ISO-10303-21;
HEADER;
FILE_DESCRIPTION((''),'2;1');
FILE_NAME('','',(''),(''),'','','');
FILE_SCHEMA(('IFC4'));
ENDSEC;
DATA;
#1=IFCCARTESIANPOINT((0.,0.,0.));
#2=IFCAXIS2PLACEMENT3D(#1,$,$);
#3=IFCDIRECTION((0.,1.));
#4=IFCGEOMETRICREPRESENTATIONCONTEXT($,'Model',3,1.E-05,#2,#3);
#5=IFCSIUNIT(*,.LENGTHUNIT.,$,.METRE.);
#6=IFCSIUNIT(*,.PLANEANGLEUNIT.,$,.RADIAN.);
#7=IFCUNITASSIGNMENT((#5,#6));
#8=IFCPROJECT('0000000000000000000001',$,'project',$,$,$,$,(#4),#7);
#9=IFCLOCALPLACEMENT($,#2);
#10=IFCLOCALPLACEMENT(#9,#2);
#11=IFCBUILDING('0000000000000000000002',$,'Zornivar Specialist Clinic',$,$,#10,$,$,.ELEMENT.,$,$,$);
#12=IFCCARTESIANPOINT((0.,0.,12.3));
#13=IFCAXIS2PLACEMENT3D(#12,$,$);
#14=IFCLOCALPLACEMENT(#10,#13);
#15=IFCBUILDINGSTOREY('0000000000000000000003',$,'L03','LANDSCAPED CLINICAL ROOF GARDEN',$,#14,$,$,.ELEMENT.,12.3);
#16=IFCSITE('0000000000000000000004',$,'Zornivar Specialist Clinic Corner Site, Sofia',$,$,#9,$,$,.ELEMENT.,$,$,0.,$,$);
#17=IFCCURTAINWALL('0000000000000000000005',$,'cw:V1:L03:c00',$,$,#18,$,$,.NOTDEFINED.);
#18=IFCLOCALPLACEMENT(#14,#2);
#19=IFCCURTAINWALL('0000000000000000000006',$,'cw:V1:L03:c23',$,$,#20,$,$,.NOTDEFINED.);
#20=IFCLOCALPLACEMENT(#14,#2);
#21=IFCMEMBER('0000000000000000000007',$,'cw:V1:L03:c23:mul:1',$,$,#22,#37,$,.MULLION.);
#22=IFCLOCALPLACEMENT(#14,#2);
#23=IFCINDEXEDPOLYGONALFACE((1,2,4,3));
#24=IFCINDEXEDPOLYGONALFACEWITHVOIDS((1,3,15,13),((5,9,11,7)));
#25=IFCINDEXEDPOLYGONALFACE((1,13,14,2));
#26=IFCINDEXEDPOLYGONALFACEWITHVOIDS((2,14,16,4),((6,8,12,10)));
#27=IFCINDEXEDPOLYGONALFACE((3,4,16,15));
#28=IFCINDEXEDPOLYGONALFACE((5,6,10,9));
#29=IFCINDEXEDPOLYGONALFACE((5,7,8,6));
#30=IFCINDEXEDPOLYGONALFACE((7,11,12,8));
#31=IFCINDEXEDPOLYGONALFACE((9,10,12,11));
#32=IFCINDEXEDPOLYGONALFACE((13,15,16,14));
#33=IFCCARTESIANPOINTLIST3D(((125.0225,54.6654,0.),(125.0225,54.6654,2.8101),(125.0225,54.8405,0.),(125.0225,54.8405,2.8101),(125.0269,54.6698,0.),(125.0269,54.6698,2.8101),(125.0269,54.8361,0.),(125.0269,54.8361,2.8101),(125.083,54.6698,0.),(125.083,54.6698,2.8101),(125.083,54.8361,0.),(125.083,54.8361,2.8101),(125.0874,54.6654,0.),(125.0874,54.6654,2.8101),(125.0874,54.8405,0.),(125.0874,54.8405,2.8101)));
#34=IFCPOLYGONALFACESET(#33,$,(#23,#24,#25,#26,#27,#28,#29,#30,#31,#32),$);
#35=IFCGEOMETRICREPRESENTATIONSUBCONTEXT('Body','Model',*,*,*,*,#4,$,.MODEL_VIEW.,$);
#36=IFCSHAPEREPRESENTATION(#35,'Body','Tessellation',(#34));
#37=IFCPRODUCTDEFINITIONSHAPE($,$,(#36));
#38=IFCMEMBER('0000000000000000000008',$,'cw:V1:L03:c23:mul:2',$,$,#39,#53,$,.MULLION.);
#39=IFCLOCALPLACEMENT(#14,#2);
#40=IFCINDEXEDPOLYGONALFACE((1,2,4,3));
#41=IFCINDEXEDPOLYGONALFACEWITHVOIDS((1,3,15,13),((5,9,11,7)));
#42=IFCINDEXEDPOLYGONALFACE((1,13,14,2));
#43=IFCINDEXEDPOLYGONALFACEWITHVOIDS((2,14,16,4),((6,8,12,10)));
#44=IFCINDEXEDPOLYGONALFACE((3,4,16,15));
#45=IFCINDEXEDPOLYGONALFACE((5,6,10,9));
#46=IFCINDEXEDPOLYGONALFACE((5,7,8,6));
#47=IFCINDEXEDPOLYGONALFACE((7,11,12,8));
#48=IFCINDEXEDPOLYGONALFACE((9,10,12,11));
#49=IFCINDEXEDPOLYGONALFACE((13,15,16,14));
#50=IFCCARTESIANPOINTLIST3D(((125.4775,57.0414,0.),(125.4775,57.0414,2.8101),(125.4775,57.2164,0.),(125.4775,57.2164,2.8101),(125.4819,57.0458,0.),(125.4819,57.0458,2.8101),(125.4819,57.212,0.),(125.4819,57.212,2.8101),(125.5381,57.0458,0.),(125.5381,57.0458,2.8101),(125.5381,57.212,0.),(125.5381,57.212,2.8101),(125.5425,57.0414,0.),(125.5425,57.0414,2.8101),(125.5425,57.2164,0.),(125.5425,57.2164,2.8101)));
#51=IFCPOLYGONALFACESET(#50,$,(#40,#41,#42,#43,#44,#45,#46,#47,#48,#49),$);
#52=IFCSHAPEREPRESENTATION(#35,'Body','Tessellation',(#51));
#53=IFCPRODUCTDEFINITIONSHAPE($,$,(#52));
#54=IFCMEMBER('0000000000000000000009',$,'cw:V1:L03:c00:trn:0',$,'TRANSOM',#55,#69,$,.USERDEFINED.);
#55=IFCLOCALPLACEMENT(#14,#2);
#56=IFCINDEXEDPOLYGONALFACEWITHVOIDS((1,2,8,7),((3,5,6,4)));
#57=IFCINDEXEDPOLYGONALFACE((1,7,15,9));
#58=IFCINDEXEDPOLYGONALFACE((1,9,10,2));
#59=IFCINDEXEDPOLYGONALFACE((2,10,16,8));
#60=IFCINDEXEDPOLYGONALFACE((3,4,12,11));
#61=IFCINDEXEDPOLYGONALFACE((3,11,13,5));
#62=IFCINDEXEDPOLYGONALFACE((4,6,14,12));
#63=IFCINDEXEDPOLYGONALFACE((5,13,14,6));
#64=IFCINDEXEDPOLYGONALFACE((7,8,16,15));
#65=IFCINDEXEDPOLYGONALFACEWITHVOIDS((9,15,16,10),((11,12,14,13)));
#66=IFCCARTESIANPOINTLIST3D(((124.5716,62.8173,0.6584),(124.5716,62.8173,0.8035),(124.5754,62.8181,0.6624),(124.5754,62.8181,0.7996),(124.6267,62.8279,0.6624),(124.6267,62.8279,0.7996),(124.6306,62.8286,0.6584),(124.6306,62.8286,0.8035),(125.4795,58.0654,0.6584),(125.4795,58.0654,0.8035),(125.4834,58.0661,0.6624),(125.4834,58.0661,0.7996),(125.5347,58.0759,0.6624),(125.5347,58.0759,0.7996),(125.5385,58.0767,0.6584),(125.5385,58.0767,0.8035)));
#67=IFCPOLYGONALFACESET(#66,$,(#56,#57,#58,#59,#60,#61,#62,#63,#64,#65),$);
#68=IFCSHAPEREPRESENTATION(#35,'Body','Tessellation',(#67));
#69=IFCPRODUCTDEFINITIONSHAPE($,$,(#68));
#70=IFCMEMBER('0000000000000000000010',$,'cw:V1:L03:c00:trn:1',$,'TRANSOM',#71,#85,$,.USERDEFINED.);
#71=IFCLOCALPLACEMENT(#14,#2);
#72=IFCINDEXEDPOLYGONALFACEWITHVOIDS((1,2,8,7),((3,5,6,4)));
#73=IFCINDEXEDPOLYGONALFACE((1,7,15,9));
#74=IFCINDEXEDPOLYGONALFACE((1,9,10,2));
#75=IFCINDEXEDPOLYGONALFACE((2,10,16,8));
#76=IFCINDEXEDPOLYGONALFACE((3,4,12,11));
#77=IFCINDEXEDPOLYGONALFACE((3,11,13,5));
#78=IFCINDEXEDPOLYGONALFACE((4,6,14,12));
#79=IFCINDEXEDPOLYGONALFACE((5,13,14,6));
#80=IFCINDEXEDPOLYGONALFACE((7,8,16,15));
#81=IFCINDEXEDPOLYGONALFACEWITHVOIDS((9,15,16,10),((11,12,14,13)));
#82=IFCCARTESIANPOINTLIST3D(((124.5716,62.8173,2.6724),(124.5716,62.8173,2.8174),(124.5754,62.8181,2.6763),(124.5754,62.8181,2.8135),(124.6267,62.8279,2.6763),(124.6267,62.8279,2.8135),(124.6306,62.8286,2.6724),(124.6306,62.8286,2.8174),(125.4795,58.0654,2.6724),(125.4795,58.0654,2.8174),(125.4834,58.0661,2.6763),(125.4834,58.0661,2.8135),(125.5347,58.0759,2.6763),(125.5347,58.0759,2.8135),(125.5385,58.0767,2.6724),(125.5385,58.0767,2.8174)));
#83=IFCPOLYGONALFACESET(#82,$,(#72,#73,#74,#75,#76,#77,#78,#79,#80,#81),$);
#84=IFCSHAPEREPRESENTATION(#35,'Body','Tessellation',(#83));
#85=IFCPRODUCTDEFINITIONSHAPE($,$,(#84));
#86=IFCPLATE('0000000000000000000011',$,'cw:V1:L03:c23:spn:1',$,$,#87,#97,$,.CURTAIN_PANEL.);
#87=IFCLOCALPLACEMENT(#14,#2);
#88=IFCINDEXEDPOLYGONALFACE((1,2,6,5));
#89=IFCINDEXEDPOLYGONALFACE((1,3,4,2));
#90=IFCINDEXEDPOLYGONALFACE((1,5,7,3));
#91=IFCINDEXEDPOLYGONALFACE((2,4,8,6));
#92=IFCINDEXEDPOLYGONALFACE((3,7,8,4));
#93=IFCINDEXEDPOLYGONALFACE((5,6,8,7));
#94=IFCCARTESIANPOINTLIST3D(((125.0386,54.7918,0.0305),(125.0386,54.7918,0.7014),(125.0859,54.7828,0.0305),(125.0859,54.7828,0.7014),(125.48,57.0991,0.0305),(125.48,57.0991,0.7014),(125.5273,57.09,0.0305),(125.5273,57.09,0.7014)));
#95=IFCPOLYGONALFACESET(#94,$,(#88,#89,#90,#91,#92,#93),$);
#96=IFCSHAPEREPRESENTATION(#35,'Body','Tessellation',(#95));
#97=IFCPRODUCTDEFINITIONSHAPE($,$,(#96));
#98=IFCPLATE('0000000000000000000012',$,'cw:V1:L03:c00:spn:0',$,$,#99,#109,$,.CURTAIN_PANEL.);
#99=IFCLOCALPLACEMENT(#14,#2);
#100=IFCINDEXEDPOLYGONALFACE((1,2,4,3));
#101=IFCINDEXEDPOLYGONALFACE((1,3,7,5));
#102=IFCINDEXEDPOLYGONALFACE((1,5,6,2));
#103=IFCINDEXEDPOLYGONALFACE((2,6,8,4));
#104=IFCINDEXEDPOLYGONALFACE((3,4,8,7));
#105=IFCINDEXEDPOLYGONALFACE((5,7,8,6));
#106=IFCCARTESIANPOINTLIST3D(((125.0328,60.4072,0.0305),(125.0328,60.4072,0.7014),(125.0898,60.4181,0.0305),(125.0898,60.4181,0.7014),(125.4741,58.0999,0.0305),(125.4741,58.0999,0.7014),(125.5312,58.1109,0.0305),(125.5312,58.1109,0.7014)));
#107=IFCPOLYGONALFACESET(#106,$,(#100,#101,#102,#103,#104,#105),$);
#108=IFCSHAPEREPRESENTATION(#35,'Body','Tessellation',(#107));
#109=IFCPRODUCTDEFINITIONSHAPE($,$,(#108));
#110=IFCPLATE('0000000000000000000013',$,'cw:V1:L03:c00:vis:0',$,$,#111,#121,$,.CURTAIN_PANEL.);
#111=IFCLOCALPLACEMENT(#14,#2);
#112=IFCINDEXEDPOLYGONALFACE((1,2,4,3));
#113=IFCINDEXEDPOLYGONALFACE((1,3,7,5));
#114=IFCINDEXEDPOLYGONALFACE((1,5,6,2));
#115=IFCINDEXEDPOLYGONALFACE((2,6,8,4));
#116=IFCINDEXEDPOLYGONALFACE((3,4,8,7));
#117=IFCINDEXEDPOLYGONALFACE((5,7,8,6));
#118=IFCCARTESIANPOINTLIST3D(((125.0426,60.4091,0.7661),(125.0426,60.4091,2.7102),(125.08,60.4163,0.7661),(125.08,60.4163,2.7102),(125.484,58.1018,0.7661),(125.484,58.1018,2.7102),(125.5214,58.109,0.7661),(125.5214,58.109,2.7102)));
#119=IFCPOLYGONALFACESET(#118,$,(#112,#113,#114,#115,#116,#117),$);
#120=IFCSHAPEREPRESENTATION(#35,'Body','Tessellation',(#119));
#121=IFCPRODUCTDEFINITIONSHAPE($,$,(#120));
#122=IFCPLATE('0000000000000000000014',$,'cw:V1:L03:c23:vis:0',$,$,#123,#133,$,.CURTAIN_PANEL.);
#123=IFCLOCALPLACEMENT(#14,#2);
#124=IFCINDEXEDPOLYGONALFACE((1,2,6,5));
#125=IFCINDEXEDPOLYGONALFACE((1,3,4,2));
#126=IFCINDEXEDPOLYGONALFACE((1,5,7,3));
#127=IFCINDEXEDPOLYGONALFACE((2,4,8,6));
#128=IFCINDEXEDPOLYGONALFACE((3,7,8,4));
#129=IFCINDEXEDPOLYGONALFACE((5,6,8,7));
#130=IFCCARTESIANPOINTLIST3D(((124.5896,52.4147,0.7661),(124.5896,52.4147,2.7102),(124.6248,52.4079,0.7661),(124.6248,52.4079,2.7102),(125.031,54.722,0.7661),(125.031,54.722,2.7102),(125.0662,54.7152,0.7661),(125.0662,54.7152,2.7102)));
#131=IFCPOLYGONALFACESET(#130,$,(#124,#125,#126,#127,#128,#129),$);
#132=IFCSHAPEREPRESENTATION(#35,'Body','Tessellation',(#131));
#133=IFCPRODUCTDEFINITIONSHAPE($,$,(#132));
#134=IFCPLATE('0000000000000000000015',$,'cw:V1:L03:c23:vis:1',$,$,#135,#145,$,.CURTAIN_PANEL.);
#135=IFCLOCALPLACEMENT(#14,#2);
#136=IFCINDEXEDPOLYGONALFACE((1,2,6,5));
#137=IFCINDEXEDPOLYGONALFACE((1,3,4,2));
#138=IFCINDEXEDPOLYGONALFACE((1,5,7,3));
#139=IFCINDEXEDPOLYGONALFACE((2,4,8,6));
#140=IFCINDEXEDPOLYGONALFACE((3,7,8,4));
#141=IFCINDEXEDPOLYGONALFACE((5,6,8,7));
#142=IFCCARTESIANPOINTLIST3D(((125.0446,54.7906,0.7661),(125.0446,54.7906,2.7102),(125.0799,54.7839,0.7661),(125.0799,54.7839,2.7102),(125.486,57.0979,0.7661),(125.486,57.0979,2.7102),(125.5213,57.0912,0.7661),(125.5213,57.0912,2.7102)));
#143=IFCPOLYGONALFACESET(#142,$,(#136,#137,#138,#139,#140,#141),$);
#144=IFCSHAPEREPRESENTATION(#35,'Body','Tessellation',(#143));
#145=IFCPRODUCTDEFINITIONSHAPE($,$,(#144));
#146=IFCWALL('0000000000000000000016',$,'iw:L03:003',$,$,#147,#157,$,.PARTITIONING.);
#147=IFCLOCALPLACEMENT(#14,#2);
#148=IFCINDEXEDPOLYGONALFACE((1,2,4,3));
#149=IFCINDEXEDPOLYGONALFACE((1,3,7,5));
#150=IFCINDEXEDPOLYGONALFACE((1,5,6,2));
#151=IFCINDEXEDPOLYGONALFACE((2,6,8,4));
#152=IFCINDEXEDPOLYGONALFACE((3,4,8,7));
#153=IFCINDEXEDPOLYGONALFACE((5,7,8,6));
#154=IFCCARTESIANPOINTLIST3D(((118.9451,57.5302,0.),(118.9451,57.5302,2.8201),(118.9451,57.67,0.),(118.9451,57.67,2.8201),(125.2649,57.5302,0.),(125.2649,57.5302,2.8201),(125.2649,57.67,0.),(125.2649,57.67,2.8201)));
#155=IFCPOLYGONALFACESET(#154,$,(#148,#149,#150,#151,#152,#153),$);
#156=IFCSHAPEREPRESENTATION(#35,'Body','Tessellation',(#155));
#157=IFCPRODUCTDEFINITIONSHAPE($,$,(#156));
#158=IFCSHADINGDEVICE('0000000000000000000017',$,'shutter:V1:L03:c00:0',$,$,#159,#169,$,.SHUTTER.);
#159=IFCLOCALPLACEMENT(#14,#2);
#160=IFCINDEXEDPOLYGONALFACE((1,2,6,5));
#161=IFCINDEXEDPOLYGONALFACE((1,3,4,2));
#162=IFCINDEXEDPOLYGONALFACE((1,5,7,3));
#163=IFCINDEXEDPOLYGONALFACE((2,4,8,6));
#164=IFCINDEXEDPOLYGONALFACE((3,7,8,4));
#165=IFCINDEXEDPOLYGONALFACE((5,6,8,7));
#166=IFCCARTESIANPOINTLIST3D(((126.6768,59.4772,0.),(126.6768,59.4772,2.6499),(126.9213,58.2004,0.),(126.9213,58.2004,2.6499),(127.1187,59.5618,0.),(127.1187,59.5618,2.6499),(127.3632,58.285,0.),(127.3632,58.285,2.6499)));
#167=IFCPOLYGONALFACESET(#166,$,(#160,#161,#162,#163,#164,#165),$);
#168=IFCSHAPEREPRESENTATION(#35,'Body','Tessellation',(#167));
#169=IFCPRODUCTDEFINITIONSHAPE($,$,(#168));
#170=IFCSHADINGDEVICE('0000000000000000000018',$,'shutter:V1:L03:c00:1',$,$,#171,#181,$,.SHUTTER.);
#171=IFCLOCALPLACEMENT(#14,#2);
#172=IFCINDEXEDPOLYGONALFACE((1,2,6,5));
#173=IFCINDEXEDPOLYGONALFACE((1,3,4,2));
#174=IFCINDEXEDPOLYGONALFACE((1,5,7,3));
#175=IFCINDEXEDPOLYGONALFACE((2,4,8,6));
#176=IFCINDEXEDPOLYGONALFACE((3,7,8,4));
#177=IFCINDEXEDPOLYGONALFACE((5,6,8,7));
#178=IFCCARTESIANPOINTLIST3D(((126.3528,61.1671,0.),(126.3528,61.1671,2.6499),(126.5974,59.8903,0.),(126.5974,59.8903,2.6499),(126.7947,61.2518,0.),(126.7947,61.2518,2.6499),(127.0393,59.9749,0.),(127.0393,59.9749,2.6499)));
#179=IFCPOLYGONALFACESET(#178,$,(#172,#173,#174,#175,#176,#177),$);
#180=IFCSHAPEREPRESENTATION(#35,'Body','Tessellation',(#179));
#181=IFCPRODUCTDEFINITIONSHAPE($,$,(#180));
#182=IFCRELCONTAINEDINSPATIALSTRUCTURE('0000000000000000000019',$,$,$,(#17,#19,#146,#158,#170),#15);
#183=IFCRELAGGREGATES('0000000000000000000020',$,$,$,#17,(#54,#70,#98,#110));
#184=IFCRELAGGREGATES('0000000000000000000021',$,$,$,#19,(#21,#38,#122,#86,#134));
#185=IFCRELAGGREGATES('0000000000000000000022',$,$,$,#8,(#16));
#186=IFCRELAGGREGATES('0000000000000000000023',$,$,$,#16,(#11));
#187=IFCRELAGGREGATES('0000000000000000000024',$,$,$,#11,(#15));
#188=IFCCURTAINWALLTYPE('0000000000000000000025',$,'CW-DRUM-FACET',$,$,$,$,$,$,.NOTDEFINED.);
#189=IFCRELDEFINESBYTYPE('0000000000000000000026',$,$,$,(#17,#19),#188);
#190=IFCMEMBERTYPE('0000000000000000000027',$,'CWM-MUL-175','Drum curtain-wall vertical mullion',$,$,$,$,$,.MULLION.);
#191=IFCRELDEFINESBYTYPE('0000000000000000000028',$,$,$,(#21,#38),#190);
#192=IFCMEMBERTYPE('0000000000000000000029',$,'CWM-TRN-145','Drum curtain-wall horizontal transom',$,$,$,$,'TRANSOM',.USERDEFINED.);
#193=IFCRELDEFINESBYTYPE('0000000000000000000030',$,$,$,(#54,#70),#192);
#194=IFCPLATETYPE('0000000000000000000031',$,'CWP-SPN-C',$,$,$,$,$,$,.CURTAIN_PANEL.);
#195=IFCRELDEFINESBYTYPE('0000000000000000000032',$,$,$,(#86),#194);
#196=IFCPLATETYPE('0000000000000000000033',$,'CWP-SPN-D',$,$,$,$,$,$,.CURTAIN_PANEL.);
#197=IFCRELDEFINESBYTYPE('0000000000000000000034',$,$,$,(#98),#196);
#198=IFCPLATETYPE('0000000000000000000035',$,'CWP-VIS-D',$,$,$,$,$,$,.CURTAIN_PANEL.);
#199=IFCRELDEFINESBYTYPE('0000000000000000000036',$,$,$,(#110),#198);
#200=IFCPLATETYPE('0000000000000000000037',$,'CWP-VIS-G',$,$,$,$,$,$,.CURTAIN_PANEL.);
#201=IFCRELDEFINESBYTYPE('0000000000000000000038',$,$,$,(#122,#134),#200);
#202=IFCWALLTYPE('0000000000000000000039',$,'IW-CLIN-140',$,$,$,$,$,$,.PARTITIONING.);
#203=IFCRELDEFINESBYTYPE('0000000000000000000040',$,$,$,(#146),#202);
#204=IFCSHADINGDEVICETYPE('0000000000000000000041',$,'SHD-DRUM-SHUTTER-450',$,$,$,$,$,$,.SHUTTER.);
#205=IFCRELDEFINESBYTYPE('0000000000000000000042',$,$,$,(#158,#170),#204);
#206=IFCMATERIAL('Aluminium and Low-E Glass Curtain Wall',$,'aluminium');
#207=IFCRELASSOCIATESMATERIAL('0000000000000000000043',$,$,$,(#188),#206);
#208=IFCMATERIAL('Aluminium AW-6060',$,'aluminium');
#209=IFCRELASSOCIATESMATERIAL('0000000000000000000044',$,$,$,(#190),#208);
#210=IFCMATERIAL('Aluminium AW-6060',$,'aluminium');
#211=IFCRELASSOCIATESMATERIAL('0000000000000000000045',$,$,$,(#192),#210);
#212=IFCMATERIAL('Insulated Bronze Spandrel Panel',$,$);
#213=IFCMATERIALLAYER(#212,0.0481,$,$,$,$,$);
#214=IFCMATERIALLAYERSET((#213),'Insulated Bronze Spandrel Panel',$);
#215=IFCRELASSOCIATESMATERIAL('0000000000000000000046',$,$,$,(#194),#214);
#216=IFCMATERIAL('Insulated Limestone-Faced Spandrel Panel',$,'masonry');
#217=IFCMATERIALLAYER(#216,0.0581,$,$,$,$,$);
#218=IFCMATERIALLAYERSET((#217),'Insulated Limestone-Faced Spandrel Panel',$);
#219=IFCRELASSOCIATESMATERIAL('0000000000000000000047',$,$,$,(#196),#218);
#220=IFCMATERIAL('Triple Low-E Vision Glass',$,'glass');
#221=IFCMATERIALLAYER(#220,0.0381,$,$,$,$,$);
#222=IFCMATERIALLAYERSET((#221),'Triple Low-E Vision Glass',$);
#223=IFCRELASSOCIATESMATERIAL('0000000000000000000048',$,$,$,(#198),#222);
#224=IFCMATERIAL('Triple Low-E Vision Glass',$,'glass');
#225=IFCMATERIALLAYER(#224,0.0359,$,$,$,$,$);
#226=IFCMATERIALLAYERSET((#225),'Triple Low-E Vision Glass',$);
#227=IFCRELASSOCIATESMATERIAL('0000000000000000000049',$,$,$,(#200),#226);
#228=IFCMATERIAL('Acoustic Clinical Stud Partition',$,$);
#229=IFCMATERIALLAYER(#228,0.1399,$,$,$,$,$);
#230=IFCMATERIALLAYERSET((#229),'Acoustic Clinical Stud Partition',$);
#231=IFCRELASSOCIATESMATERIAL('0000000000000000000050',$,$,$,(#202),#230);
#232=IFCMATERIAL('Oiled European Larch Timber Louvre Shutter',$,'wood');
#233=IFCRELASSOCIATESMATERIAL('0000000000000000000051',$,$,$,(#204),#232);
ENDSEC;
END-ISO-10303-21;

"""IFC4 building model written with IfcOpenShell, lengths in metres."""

from ifc_helpers import new_model, si_unit, direction, frame, frame_2d, origin, origin_2d, place, context, subcontext, project, spatial, rectangle, hollow_rectangle, extrude, material, layer, layer_set, material_profile, profile_set, type_object, element, aggregate, save


model = new_model("IFC4")

# Units and contexts
model_context = context("Model", 3, precision=1e-05, world=origin(), true_north=direction((0.0, 1.0)))
body_context = subcontext(model_context, "Body", "Model", "MODEL_VIEW")
ifc_project = project(units=[si_unit("LENGTHUNIT", "METRE"), si_unit("PLANEANGLEUNIT", "RADIAN")], contexts=[model_context])

# Site, building, storey
site_placement = place(None, origin())
site = spatial("IfcSite", under=ifc_project, at=site_placement, Name="Zornivar Specialist Clinic Corner Site, Sofia", CompositionType="ELEMENT", RefElevation=0.0)
building_placement = place(site_placement, origin())
building = spatial("IfcBuilding", under=site, at=building_placement, Name="Zornivar Specialist Clinic", CompositionType="ELEMENT")
storey_placement = place(building_placement, frame((0.0, 0.0, 12.3)))
storey = spatial("IfcBuildingStorey", under=building, at=storey_placement, Name="L03", Description="LANDSCAPED CLINICAL ROOF GARDEN", CompositionType="ELEMENT", Elevation=12.3)

# Curtain walls, members
ifc_material_1 = material(Name="Aluminium and Low-E Glass Curtain Wall", Category="aluminium")
curtain_wall_type = type_object("IfcCurtainWallType", Name="CW-DRUM-FACET", PredefinedType="NOTDEFINED", material=ifc_material_1)
curtain_wall_1_placement = place(storey_placement, origin())
curtain_wall_1 = element("IfcCurtainWall", 1, at=curtain_wall_1_placement, inside=storey, type_object=curtain_wall_type, Name="cw:V1:L03:c00", PredefinedType="NOTDEFINED")
ifc_material_2 = material(Name="Aluminium AW-6060", Category="aluminium")
ifc_material_profile_1 = material_profile(ifc_material_2, hollow_rectangle(XDim=0.0649, YDim=0.175, WallThickness=0.0044, at=origin_2d()), Name="ALU 65x175x4.5")
ifc_profile_set_1 = profile_set([ifc_material_profile_1], Name="Aluminium AW-6060")
member_type_1 = type_object("IfcMemberType", Name="CWM-MUL-175", Description="Drum curtain-wall vertical mullion", PredefinedType="MULLION", material=ifc_profile_set_1)
curtain_wall_2_placement = place(storey_placement, origin())
curtain_wall_2 = element("IfcCurtainWall", 2, at=curtain_wall_2_placement, inside=storey, type_object=curtain_wall_type, Name="cw:V1:L03:c23", PredefinedType="NOTDEFINED")
member_1_placement = place(storey_placement, frame((125.0549, 54.7529, 0.0), z_axis=(0.0, 0.0, 1.0), x_axis=(1.0, 0.0, 0.0)))
member_1 = element("IfcMember", 3, at=member_1_placement, type_object=member_type_1, Name="cw:V1:L03:c23:mul:1", PredefinedType="MULLION", context=body_context, shape_type="SweptSolid", body=[
    extrude(hollow_rectangle(XDim=0.0649, YDim=0.175, WallThickness=0.0044, at=origin_2d()), origin(), (0.0, 0.0, 1.0), 2.8101),
])
member_2_placement = place(storey_placement, frame((125.51, 57.1289, 0.0), z_axis=(0.0, 0.0, 1.0), x_axis=(1.0, 0.0, 0.0)))
member_2 = element("IfcMember", 4, at=member_2_placement, type_object=member_type_1, Name="cw:V1:L03:c23:mul:2", PredefinedType="MULLION", context=body_context, shape_type="SweptSolid", body=[
    extrude(hollow_rectangle(XDim=0.0649, YDim=0.175, WallThickness=0.0044, at=origin_2d()), origin(), (0.0, 0.0, 1.0), 2.8101),
])

# Members
ifc_material_3 = material(Name="Aluminium AW-6060", Category="aluminium")
ifc_material_profile_2 = material_profile(ifc_material_3, hollow_rectangle(XDim=0.0601, YDim=0.145, WallThickness=0.0039, at=origin_2d()), Name="ALU 60x145x4")
ifc_profile_set_2 = profile_set([ifc_material_profile_2], Name="Aluminium AW-6060")
member_type_2 = type_object("IfcMemberType", Name="CWM-TRN-145", Description="Drum curtain-wall horizontal transom", ElementType="TRANSOM", PredefinedType="USERDEFINED", material=ifc_profile_set_2)
member_3_placement = place(storey_placement, frame((125.509, 58.071, 0.731), z_axis=(-0.187676, 0.982231, 0.0), x_axis=(-0.982231, -0.187676, 0.0)))
member_3 = element("IfcMember", 5, at=member_3_placement, type_object=member_type_2, Name="cw:V1:L03:c00:trn:0", ObjectType="TRANSOM", PredefinedType="USERDEFINED", context=body_context, shape_type="SweptSolid", body=[
    extrude(hollow_rectangle(XDim=0.0601, YDim=0.145, WallThickness=0.0039, at=origin_2d()), origin(), (0.0, 0.0, 1.0), 4.8379),
])
member_4_placement = place(storey_placement, frame((125.509, 58.071, 2.7449), z_axis=(-0.187676, 0.982231, 0.0), x_axis=(-0.982231, -0.187676, 0.0)))
member_4 = element("IfcMember", 6, at=member_4_placement, type_object=member_type_2, Name="cw:V1:L03:c00:trn:1", ObjectType="TRANSOM", PredefinedType="USERDEFINED", context=body_context, shape_type="SweptSolid", body=[
    extrude(hollow_rectangle(XDim=0.0601, YDim=0.145, WallThickness=0.0039, at=origin_2d()), origin(), (0.0, 0.0, 1.0), 4.8379),
])

# Plates
ifc_material_4 = material(Name="Insulated Bronze Spandrel Panel")
ifc_layer_1 = layer(ifc_material_4, 0.0481)
ifc_layer_set_1 = layer_set([ifc_layer_1], Name="Insulated Bronze Spandrel Panel")
plate_type_1 = type_object("IfcPlateType", Name="CWP-SPN-C", PredefinedType="CURTAIN_PANEL", material=ifc_layer_set_1)
plate_1_placement = place(storey_placement, frame((125.283, 55.9409, 0.0305), z_axis=(0.0, 0.0, 1.0), x_axis=(0.187897, 0.982189, 0.0)))
plate_1 = element("IfcPlate", 7, at=plate_1_placement, type_object=plate_type_1, Name="cw:V1:L03:c23:spn:1", PredefinedType="CURTAIN_PANEL", context=body_context, shape_type="SweptSolid", body=[
    extrude(rectangle(XDim=2.3491, YDim=0.0481, at=origin_2d()), origin(), (0.0, 0.0, 1.0), 0.6709),
])
ifc_material_5 = material(Name="Insulated Limestone-Faced Spandrel Panel", Category="masonry")
ifc_layer_2 = layer(ifc_material_5, 0.0581)
ifc_layer_set_2 = layer_set([ifc_layer_2], Name="Insulated Limestone-Faced Spandrel Panel")
plate_type_2 = type_object("IfcPlateType", Name="CWP-SPN-D", PredefinedType="CURTAIN_PANEL", material=ifc_layer_set_2)
plate_2_placement = place(storey_placement, frame((125.282, 59.259, 0.0305), z_axis=(0.0, 0.0, 1.0), x_axis=(-0.187897, 0.982189, 0.0)))
plate_2 = element("IfcPlate", 8, at=plate_2_placement, type_object=plate_type_2, Name="cw:V1:L03:c00:spn:0", PredefinedType="CURTAIN_PANEL", context=body_context, shape_type="SweptSolid", body=[
    extrude(rectangle(XDim=2.3491, YDim=0.0581, at=origin_2d()), origin(), (0.0, 0.0, 1.0), 0.6709),
])
ifc_material_6 = material(Name="Triple Low-E Vision Glass", Category="glass")
ifc_layer_3 = layer(ifc_material_6, 0.0381)
ifc_layer_set_3 = layer_set([ifc_layer_3], Name="Triple Low-E Vision Glass")
plate_type_3 = type_object("IfcPlateType", Name="CWP-VIS-D", PredefinedType="CURTAIN_PANEL", material=ifc_layer_set_3)
plate_3_placement = place(storey_placement, frame((125.282, 59.259, 0.7661), z_axis=(0.0, 0.0, 1.0), x_axis=(-0.187897, 0.982189, 0.0)))
plate_3 = element("IfcPlate", 9, at=plate_3_placement, type_object=plate_type_3, Name="cw:V1:L03:c00:vis:0", PredefinedType="CURTAIN_PANEL", context=body_context, shape_type="SweptSolid", body=[
    extrude(rectangle(XDim=2.3491, YDim=0.0381, at=origin_2d()), origin(), (0.0, 0.0, 1.0), 1.9441),
])
aggregate(curtain_wall_1, [member_3, member_4, plate_2, plate_3])
ifc_material_7 = material(Name="Triple Low-E Vision Glass", Category="glass")
ifc_layer_4 = layer(ifc_material_7, 0.0359)
ifc_layer_set_4 = layer_set([ifc_layer_4], Name="Triple Low-E Vision Glass")
plate_type_4 = type_object("IfcPlateType", Name="CWP-VIS-G", PredefinedType="CURTAIN_PANEL", material=ifc_layer_set_4)
plate_4_placement = place(storey_placement, frame((124.8279, 53.5649, 0.7661), z_axis=(0.0, 0.0, 1.0), x_axis=(0.187897, 0.982189, 0.0)))
plate_4 = element("IfcPlate", 10, at=plate_4_placement, type_object=plate_type_4, Name="cw:V1:L03:c23:vis:0", PredefinedType="CURTAIN_PANEL", context=body_context, shape_type="SweptSolid", body=[
    extrude(rectangle(XDim=2.3491, YDim=0.0359, at=origin_2d()), origin(), (0.0, 0.0, 1.0), 1.9441),
])
plate_5_placement = place(storey_placement, frame((125.283, 55.9409, 0.7661), z_axis=(0.0, 0.0, 1.0), x_axis=(0.187897, 0.982189, 0.0)))
plate_5 = element("IfcPlate", 11, at=plate_5_placement, type_object=plate_type_4, Name="cw:V1:L03:c23:vis:1", PredefinedType="CURTAIN_PANEL", context=body_context, shape_type="SweptSolid", body=[
    extrude(rectangle(XDim=2.3491, YDim=0.0359, at=origin_2d()), origin(), (0.0, 0.0, 1.0), 1.9441),
])
aggregate(curtain_wall_2, [member_1, member_2, plate_4, plate_1, plate_5])

# Wall
ifc_material_8 = material(Name="Acoustic Clinical Stud Partition")
ifc_layer_5 = layer(ifc_material_8, 0.1399)
ifc_layer_set_5 = layer_set([ifc_layer_5], Name="Acoustic Clinical Stud Partition")
wall_type = type_object("IfcWallType", Name="IW-CLIN-140", PredefinedType="PARTITIONING", material=ifc_layer_set_5)
wall_placement = place(storey_placement, frame((125.2649, 57.6001, 0.0), z_axis=(0.0, 0.0, 1.0), x_axis=(-1.0, 0.0, 0.0)))
element("IfcWall", 12, at=wall_placement, inside=storey, type_object=wall_type, Name="iw:L03:003", PredefinedType="PARTITIONING", context=body_context, shape_type="SweptSolid", body=[
    extrude(rectangle(XDim=6.3198, YDim=0.1399, at=frame_2d((3.1599, 0.0))), origin(), (0.0, 0.0, 1.0), 2.8201),
])

# Shading devices
ifc_material_9 = material(Name="Oiled European Larch Timber Louvre Shutter", Category="wood")
shading_device_type = type_object("IfcShadingDeviceType", Name="SHD-DRUM-SHUTTER-450", PredefinedType="SHUTTER", material=ifc_material_9)
for number, where, z_axis, x_axis, name in (
    (13, (127.02, 58.8811, 0.0), (0.0, 0.0, 1.0), (-0.188099, 0.98215, 0.0), "shutter:V1:L03:c00:0"),
    (14, (126.696, 60.571, 0.0), (0.0, 0.0, 1.0), (-0.188099, 0.98215, 0.0), "shutter:V1:L03:c00:1"),
):
    element("IfcShadingDevice", number, at=place(storey_placement, frame(where, z_axis=z_axis, x_axis=x_axis)), inside=storey, type_object=shading_device_type, Name=name, PredefinedType="SHUTTER", context=body_context, shape_type="SweptSolid", body=[
        extrude(rectangle(XDim=1.3, YDim=0.45, at=origin_2d()), origin(), (0.0, 0.0, 1.0), 2.6499),
    ])

save(model, "model.ifc")
